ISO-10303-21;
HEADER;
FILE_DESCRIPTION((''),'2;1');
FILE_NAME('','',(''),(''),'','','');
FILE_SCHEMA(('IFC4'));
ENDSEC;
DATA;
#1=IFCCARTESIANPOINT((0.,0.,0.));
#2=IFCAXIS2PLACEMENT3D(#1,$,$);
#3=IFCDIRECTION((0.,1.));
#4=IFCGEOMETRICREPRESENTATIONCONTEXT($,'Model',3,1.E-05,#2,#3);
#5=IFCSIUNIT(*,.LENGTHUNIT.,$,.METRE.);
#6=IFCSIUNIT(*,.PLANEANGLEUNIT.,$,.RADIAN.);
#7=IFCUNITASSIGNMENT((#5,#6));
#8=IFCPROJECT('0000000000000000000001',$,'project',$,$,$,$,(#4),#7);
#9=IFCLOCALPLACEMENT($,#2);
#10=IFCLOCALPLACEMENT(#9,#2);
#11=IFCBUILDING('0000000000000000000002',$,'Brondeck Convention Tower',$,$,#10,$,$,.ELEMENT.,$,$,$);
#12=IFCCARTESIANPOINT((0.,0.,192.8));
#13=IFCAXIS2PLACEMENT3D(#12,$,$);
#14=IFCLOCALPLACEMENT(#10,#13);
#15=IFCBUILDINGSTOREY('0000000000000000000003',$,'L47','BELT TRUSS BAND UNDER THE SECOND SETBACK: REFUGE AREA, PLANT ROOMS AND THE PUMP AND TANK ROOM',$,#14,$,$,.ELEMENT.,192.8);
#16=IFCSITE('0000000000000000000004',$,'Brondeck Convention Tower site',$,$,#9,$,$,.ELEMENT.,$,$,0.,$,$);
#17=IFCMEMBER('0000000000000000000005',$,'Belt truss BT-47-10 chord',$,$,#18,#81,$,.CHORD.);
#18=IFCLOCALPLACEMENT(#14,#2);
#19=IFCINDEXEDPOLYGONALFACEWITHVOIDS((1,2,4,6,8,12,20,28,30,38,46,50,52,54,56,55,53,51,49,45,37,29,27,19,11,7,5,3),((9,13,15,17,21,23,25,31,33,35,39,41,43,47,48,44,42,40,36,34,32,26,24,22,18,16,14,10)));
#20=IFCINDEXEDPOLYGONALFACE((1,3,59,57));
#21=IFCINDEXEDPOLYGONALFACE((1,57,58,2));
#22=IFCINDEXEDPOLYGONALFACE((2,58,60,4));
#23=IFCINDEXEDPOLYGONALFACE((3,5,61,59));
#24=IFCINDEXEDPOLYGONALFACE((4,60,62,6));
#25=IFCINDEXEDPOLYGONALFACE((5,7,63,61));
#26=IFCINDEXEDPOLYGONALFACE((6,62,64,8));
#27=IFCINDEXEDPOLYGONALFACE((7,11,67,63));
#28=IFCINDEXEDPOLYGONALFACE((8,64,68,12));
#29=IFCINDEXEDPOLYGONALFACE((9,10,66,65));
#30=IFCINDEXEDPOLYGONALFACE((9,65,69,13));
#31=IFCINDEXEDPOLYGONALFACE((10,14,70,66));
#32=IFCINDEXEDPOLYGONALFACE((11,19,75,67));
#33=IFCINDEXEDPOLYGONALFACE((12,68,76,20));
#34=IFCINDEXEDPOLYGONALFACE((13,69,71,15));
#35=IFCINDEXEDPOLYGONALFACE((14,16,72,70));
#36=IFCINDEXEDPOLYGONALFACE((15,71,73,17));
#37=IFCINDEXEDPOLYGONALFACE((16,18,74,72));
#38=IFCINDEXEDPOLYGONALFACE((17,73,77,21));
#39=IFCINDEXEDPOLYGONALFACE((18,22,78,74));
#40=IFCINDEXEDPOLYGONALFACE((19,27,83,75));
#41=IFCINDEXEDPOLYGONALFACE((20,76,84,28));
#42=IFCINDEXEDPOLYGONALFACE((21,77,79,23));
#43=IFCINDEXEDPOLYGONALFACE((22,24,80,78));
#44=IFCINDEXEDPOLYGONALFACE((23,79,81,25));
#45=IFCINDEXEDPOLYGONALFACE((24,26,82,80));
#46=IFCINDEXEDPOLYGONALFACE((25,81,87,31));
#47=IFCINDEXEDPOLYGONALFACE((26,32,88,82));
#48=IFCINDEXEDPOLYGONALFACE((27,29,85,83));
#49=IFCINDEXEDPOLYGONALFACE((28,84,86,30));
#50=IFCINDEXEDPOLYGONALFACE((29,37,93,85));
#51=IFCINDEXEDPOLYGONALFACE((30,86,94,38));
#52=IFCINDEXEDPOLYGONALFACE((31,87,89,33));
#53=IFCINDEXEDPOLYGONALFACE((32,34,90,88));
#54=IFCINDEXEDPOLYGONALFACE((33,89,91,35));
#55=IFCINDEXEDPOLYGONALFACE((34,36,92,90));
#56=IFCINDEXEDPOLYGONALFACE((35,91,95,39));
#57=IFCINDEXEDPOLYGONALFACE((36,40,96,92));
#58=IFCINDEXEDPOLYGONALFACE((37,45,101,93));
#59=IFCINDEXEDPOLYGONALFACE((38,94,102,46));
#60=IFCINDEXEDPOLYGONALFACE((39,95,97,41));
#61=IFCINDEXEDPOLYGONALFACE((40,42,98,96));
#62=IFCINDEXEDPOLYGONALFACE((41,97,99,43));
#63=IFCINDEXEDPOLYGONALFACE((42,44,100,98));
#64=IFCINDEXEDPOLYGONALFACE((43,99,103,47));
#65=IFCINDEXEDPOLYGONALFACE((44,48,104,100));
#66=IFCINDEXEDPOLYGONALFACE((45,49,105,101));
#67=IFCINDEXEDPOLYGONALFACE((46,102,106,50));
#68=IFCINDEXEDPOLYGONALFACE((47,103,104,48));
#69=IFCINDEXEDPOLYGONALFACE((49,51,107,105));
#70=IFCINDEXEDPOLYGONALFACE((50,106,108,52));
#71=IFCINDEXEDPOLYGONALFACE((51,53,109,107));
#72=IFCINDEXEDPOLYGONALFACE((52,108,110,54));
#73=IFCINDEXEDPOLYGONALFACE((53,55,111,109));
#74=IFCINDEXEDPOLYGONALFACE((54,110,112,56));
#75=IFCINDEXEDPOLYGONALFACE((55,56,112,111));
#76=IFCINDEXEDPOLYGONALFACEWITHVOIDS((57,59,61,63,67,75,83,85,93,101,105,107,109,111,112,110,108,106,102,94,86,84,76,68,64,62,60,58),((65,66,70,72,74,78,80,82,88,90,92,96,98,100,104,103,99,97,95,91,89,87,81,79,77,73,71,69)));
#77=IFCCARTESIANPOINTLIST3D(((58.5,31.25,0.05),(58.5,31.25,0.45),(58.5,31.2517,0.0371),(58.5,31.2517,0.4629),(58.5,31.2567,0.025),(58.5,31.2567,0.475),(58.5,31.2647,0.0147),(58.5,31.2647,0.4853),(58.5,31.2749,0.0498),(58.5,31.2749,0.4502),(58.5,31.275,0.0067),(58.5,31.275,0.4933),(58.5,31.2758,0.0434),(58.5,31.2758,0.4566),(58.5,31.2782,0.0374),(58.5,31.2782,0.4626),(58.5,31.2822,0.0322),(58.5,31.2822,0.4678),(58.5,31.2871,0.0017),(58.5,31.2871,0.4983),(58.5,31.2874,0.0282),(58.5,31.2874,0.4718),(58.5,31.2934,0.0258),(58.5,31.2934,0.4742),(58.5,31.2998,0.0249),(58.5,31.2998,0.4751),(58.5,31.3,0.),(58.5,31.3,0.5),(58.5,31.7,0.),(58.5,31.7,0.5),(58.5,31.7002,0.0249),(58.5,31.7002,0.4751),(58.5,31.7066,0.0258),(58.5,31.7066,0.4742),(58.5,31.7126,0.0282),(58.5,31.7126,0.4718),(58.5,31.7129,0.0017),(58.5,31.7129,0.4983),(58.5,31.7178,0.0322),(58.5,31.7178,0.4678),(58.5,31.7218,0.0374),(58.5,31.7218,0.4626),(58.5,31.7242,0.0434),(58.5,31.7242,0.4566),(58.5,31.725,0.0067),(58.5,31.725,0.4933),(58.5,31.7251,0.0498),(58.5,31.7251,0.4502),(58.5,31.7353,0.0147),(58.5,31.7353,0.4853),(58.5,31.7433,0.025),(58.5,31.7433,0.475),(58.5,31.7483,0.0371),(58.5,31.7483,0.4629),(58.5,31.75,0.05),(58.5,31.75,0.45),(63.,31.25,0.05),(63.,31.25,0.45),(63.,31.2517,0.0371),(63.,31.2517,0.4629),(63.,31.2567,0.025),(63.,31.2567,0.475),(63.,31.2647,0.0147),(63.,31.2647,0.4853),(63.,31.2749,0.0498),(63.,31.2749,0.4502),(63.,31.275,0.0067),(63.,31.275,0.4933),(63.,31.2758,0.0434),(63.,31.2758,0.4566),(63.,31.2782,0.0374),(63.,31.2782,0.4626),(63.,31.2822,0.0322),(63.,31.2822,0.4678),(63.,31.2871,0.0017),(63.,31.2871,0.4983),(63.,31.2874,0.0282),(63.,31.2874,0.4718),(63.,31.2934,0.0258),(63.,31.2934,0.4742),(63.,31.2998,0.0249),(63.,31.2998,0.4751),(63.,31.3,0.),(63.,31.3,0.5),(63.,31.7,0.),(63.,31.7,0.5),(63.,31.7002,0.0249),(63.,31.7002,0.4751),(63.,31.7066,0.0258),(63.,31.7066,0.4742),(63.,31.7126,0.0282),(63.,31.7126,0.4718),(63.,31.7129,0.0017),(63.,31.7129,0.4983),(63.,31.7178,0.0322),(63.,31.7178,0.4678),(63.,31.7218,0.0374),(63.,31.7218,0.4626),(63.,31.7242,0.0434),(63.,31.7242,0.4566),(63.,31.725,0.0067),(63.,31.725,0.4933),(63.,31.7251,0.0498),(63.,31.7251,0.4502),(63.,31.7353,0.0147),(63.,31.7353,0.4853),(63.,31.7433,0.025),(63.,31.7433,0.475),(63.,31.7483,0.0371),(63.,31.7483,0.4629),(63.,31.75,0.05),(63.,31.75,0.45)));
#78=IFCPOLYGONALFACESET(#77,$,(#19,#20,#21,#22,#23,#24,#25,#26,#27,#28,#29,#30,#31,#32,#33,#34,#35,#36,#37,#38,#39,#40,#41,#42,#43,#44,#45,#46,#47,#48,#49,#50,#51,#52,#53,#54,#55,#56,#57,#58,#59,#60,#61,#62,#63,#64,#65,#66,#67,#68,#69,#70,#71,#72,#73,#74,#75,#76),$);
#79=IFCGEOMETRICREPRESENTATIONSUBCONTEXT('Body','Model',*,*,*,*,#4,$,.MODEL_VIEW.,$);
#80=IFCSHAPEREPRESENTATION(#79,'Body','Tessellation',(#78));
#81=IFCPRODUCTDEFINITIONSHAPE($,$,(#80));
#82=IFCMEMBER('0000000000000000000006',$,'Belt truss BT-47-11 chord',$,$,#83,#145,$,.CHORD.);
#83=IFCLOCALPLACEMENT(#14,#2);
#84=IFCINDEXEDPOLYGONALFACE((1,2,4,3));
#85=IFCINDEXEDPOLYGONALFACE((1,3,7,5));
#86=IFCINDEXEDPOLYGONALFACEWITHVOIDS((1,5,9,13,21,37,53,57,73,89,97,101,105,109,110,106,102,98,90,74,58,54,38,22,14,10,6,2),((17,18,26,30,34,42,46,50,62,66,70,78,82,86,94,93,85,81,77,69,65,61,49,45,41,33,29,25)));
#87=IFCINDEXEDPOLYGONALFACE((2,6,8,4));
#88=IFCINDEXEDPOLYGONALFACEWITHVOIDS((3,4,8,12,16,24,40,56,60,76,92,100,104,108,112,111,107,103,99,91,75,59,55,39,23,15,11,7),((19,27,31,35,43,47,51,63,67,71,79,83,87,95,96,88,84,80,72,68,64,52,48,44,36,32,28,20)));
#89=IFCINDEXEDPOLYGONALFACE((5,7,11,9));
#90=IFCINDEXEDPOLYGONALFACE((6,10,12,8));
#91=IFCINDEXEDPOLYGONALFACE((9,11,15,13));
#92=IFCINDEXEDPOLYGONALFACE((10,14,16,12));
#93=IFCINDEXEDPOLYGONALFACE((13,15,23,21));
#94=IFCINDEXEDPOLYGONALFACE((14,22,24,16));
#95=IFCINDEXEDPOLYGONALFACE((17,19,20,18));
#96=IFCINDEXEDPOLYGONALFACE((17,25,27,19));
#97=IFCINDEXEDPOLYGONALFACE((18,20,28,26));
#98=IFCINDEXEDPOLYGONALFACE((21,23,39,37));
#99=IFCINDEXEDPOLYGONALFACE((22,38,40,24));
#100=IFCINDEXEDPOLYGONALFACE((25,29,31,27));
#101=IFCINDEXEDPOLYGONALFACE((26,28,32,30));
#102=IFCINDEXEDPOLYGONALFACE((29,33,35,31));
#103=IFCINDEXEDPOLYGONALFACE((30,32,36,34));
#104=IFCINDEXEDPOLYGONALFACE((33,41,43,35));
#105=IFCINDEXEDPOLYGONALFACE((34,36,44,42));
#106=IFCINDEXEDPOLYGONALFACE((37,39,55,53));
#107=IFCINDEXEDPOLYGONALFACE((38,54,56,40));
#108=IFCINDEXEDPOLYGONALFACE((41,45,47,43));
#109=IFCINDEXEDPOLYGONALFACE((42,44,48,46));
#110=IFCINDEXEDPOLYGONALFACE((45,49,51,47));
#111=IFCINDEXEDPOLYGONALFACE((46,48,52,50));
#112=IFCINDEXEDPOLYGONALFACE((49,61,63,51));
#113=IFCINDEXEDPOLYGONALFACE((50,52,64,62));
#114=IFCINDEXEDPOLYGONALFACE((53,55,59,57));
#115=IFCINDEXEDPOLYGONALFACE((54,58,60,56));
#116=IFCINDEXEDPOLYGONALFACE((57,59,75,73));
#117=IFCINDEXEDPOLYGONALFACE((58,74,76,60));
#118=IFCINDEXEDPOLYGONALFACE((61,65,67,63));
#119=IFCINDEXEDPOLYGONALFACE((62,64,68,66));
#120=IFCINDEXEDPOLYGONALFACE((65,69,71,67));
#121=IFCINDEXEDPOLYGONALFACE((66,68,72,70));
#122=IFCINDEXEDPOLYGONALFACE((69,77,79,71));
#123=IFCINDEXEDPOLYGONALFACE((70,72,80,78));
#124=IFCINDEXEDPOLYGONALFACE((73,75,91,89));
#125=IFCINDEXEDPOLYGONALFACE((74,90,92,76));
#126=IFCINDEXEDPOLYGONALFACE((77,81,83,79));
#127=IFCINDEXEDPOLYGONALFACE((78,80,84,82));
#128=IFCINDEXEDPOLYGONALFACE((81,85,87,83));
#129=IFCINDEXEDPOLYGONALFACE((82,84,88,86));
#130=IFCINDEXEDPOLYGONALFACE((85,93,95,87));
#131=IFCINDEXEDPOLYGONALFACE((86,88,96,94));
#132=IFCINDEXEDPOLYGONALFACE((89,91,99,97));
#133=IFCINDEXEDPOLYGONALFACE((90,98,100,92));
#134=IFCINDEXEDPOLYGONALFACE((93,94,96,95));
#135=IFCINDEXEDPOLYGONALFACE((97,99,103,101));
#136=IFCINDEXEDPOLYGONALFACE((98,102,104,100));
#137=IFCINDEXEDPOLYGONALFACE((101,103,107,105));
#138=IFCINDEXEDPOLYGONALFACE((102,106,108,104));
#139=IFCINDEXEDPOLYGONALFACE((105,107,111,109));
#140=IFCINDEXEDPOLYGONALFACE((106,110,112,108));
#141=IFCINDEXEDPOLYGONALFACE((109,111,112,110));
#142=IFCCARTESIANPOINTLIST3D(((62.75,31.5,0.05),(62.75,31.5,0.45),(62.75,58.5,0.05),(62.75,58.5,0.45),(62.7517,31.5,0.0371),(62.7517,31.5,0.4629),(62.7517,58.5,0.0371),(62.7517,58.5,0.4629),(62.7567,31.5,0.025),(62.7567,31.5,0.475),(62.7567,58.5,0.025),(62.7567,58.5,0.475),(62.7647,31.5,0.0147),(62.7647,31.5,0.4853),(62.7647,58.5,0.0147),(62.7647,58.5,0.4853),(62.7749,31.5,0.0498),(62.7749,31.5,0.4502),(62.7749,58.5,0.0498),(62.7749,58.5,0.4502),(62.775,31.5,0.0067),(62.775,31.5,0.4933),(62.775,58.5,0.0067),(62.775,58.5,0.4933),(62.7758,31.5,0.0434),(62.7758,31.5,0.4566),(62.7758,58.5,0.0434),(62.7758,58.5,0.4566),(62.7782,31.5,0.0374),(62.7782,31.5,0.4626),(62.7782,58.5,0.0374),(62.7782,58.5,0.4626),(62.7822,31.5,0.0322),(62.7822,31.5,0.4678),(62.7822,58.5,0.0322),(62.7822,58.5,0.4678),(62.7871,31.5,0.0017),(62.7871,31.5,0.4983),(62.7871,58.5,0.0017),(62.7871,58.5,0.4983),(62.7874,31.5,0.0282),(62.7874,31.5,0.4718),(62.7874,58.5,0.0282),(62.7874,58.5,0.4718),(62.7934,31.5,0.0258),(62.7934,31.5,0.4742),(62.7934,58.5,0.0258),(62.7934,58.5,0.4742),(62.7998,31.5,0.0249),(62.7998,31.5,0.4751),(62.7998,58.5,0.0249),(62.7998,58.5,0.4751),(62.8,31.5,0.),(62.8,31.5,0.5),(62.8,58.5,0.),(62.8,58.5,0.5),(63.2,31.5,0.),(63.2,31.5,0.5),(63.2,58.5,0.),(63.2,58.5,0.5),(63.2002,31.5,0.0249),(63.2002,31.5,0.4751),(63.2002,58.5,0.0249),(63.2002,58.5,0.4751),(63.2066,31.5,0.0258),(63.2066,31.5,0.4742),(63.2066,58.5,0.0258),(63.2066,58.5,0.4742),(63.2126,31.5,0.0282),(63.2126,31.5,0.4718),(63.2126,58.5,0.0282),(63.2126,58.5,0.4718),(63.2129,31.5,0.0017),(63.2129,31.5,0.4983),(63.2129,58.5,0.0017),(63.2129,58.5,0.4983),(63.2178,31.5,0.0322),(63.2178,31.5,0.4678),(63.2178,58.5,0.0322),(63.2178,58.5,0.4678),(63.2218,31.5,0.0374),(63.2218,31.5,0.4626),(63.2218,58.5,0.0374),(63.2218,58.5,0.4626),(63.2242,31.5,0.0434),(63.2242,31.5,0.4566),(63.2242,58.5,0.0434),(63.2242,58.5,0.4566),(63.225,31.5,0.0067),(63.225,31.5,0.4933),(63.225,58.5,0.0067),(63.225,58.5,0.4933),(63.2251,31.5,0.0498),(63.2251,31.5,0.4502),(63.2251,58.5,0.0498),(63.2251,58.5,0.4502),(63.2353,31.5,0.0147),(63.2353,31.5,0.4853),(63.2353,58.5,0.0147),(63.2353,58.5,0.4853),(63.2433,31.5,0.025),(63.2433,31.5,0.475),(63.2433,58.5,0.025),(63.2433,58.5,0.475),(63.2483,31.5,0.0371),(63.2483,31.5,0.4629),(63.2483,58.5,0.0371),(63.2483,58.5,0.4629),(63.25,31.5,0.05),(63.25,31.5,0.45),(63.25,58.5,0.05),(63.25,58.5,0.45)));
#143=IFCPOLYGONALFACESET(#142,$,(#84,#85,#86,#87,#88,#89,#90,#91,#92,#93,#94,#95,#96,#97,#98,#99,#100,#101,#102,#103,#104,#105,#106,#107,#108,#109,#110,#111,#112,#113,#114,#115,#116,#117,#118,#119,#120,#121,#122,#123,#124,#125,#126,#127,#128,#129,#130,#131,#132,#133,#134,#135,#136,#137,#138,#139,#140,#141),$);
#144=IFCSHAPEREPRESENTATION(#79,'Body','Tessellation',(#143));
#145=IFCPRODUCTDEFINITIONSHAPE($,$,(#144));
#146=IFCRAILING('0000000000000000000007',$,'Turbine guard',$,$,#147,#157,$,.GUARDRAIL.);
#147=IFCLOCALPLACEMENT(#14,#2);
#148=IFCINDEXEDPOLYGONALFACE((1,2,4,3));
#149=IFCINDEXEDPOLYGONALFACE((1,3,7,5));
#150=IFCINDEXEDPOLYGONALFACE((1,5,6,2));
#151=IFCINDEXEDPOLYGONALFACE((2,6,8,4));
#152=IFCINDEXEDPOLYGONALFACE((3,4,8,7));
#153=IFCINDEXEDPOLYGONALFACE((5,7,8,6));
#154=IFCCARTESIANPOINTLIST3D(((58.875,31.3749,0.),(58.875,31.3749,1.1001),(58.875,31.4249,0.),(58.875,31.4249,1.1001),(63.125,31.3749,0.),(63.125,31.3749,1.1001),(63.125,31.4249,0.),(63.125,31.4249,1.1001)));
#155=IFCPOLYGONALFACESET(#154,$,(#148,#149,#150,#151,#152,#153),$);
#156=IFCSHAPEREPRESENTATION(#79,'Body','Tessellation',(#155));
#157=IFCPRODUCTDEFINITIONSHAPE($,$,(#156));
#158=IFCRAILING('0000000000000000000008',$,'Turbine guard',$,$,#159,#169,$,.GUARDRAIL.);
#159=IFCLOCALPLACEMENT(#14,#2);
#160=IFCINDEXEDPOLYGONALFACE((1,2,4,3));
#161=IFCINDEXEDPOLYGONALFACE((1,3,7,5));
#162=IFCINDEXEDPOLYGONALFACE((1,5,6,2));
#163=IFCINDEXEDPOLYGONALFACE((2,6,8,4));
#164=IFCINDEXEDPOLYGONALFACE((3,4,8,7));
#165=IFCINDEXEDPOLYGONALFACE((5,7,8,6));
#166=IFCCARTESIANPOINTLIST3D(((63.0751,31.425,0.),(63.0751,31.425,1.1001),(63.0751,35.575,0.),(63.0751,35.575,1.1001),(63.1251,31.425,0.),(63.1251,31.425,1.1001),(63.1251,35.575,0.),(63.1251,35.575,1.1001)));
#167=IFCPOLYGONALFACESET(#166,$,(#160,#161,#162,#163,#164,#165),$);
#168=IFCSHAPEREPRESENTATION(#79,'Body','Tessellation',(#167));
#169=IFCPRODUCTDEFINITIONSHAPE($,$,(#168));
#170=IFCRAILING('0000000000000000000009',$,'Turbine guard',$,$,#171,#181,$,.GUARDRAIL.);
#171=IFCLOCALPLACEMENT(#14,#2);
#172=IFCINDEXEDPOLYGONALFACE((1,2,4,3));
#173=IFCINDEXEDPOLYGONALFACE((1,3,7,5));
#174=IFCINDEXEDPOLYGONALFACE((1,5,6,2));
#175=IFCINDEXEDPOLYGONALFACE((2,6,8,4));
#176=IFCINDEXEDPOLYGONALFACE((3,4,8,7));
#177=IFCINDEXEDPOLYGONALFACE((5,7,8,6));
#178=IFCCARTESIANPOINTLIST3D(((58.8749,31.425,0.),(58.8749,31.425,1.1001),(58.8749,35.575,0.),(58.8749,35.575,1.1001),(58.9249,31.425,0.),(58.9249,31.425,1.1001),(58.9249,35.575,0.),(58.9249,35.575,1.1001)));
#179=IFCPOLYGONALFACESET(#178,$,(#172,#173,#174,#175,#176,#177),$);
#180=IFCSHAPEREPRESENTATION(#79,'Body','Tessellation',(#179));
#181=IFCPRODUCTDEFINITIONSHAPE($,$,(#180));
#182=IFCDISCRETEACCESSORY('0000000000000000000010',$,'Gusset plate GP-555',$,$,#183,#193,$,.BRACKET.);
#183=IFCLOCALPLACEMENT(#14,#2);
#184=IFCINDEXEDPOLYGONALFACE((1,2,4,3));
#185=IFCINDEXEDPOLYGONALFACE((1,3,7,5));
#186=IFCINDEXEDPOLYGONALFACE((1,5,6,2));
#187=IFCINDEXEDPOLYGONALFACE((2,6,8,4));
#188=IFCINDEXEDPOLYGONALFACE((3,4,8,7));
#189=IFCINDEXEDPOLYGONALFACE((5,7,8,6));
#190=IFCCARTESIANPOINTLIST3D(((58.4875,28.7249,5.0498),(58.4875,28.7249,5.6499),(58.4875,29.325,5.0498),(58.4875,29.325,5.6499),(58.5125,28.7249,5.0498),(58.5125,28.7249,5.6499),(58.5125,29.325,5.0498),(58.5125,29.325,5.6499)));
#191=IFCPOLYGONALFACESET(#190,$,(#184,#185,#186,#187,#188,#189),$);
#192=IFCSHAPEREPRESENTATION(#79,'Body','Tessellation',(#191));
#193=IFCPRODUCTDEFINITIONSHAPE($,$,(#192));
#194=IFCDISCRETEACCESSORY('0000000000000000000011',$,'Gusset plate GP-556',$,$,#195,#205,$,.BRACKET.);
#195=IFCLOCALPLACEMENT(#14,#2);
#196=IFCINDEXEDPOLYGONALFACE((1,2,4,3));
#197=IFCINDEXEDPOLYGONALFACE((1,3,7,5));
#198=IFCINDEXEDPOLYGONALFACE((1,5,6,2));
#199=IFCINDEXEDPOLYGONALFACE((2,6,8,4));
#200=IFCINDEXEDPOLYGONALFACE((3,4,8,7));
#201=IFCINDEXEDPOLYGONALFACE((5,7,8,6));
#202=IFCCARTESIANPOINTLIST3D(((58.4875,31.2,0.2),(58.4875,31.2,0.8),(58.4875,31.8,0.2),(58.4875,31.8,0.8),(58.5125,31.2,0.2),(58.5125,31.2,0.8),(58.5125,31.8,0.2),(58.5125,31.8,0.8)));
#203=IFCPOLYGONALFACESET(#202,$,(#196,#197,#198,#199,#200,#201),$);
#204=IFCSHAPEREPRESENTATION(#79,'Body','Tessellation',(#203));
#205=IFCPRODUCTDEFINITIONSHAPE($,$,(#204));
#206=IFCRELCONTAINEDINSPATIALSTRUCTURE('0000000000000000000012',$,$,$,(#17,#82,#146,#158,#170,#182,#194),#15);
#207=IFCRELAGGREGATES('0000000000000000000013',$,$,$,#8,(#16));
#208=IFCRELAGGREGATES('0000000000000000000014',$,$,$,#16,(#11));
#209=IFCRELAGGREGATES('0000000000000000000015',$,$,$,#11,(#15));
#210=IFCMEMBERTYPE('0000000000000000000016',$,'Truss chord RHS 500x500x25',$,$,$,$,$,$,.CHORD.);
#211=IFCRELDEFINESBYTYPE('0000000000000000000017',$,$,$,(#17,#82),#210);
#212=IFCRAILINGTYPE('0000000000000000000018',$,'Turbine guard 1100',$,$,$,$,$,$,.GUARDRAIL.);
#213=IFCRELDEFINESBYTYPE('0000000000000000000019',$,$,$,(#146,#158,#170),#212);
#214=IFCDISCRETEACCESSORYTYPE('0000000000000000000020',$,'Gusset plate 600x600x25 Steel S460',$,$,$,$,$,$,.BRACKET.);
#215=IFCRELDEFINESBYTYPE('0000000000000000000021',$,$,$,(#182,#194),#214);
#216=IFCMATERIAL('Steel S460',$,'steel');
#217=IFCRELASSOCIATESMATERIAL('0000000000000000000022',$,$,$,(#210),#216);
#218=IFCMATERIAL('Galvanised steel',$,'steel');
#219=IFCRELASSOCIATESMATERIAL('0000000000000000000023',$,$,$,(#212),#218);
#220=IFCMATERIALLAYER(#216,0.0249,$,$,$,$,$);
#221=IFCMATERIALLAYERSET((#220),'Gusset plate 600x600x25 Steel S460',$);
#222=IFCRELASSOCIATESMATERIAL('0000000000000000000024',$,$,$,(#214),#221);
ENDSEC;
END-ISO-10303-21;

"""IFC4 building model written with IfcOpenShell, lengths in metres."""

from ifc_helpers import new_model, si_unit, direction, frame, origin, origin_2d, place, context, subcontext, project, spatial, rectangle, hollow_rectangle, extrude, material, layer, layer_set, material_profile, profile_set, type_object, element, save


model = new_model("IFC4")

# Units and contexts
model_context = context("Model", 3, precision=1e-05, world=origin(), true_north=direction((0.0, 1.0)))
body_context = subcontext(model_context, "Body", "Model", "MODEL_VIEW")
ifc_project = project(units=[si_unit("LENGTHUNIT", "METRE"), si_unit("PLANEANGLEUNIT", "RADIAN")], contexts=[model_context])

# Site, building, storey
site_placement = place(None, origin())
site = spatial("IfcSite", under=ifc_project, at=site_placement, Name="Brondeck Convention Tower site", CompositionType="ELEMENT", RefElevation=0.0)
building_placement = place(site_placement, origin())
building = spatial("IfcBuilding", under=site, at=building_placement, Name="Brondeck Convention Tower", CompositionType="ELEMENT")
storey_placement = place(building_placement, frame((0.0, 0.0, 192.8)))
storey = spatial("IfcBuildingStorey", under=building, at=storey_placement, Name="L47", Description="BELT TRUSS BAND UNDER THE SECOND SETBACK: REFUGE AREA, PLANT ROOMS AND THE PUMP AND TANK ROOM", CompositionType="ELEMENT", Elevation=192.8)

# Shared definitions
ifc_material_1 = material(Name="Steel S460", Category="steel")

# Members
ifc_material_profile_1 = material_profile(ifc_material_1, hollow_rectangle(XDim=0.5, YDim=0.5, WallThickness=0.0249, InnerFilletRadius=0.0249, OuterFilletRadius=0.05, at=origin_2d()), Name="RHS 500x500x25")
ifc_profile_set_1 = profile_set([ifc_material_profile_1], Name="Steel S460")
member_type_1 = type_object("IfcMemberType", Name="Truss chord RHS 500x500x25", PredefinedType="CHORD", material=ifc_profile_set_1)
member_1_placement = place(storey_placement, frame((58.5, 31.5, 0.25), z_axis=(1.0, 0.0, 0.0), x_axis=(0.0, 1.0, 0.0)))
element("IfcMember", 1, at=member_1_placement, inside=storey, type_object=member_type_1, Name="Belt truss BT-47-10 chord", PredefinedType="CHORD", context=body_context, shape_type="SweptSolid", body=[
    extrude(hollow_rectangle(XDim=0.5, YDim=0.5, WallThickness=0.0249, InnerFilletRadius=0.0249, OuterFilletRadius=0.05, at=origin_2d()), origin(), (0.0, 0.0, 1.0), 4.5),
])
member_2_placement = place(storey_placement, frame((63.0, 31.5, 0.25), z_axis=(0.0, 1.0, 0.0), x_axis=(-1.0, 0.0, 0.0)))
element("IfcMember", 2, at=member_2_placement, inside=storey, type_object=member_type_1, Name="Belt truss BT-47-11 chord", PredefinedType="CHORD", context=body_context, shape_type="SweptSolid", body=[
    extrude(hollow_rectangle(XDim=0.5, YDim=0.5, WallThickness=0.0249, InnerFilletRadius=0.0249, OuterFilletRadius=0.05, at=origin_2d()), origin(), (0.0, 0.0, 1.0), 27.0),
])

# Railings
ifc_material_2 = material(Name="Galvanised steel", Category="steel")
railing_type = type_object("IfcRailingType", Name="Turbine guard 1100", PredefinedType="GUARDRAIL", material=ifc_material_2)
railing_placement = place(storey_placement, frame((61.0, 31.3999, 0.0), z_axis=(0.0, 0.0, 1.0), x_axis=(1.0, 0.0, 0.0)))
element("IfcRailing", 3, at=railing_placement, inside=storey, type_object=railing_type, Name="Turbine guard", PredefinedType="GUARDRAIL", context=body_context, shape_type="SweptSolid", body=[
    extrude(rectangle(XDim=4.25, YDim=0.05, at=origin_2d()), origin(), (0.0, 0.0, 1.0), 1.1001),
])
for number, where, z_axis, x_axis, name in (
    (4, (63.1001, 33.5, 0.0), (0.0, 0.0, 1.0), (1.0, 0.0, 0.0), "Turbine guard"),
    (5, (58.8999, 33.5, 0.0), (0.0, 0.0, 1.0), (1.0, 0.0, 0.0), "Turbine guard"),
):
    element("IfcRailing", number, at=place(storey_placement, frame(where, z_axis=z_axis, x_axis=x_axis)), inside=storey, type_object=railing_type, Name=name, PredefinedType="GUARDRAIL", context=body_context, shape_type="SweptSolid", body=[
        extrude(rectangle(XDim=0.05, YDim=4.1499, at=origin_2d()), origin(), (0.0, 0.0, 1.0), 1.1001),
    ])

# Discrete accessories
ifc_layer = layer(ifc_material_1, 0.0249)
ifc_layer_set = layer_set([ifc_layer], Name="Gusset plate 600x600x25 Steel S460")
discrete_accessory_type = type_object("IfcDiscreteAccessoryType", Name="Gusset plate 600x600x25 Steel S460", PredefinedType="BRACKET", material=ifc_layer_set)
for number, where, z_axis, x_axis, name in (
    (6, (58.5, 29.0249, 5.0498), (0.0, 0.0, 1.0), (0.0, 1.0, 0.0), "Gusset plate GP-555"),
    (7, (58.5, 31.5, 0.2), (0.0, 0.0, 1.0), (0.0, 1.0, 0.0), "Gusset plate GP-556"),
):
    element("IfcDiscreteAccessory", number, at=place(storey_placement, frame(where, z_axis=z_axis, x_axis=x_axis)), inside=storey, type_object=discrete_accessory_type, Name=name, PredefinedType="BRACKET", context=body_context, shape_type="SweptSolid", body=[
        extrude(rectangle(XDim=0.6001, YDim=0.0249, at=origin_2d()), origin(), (0.0, 0.0, 1.0), 0.6001),
    ])

save(model, "model.ifc")
